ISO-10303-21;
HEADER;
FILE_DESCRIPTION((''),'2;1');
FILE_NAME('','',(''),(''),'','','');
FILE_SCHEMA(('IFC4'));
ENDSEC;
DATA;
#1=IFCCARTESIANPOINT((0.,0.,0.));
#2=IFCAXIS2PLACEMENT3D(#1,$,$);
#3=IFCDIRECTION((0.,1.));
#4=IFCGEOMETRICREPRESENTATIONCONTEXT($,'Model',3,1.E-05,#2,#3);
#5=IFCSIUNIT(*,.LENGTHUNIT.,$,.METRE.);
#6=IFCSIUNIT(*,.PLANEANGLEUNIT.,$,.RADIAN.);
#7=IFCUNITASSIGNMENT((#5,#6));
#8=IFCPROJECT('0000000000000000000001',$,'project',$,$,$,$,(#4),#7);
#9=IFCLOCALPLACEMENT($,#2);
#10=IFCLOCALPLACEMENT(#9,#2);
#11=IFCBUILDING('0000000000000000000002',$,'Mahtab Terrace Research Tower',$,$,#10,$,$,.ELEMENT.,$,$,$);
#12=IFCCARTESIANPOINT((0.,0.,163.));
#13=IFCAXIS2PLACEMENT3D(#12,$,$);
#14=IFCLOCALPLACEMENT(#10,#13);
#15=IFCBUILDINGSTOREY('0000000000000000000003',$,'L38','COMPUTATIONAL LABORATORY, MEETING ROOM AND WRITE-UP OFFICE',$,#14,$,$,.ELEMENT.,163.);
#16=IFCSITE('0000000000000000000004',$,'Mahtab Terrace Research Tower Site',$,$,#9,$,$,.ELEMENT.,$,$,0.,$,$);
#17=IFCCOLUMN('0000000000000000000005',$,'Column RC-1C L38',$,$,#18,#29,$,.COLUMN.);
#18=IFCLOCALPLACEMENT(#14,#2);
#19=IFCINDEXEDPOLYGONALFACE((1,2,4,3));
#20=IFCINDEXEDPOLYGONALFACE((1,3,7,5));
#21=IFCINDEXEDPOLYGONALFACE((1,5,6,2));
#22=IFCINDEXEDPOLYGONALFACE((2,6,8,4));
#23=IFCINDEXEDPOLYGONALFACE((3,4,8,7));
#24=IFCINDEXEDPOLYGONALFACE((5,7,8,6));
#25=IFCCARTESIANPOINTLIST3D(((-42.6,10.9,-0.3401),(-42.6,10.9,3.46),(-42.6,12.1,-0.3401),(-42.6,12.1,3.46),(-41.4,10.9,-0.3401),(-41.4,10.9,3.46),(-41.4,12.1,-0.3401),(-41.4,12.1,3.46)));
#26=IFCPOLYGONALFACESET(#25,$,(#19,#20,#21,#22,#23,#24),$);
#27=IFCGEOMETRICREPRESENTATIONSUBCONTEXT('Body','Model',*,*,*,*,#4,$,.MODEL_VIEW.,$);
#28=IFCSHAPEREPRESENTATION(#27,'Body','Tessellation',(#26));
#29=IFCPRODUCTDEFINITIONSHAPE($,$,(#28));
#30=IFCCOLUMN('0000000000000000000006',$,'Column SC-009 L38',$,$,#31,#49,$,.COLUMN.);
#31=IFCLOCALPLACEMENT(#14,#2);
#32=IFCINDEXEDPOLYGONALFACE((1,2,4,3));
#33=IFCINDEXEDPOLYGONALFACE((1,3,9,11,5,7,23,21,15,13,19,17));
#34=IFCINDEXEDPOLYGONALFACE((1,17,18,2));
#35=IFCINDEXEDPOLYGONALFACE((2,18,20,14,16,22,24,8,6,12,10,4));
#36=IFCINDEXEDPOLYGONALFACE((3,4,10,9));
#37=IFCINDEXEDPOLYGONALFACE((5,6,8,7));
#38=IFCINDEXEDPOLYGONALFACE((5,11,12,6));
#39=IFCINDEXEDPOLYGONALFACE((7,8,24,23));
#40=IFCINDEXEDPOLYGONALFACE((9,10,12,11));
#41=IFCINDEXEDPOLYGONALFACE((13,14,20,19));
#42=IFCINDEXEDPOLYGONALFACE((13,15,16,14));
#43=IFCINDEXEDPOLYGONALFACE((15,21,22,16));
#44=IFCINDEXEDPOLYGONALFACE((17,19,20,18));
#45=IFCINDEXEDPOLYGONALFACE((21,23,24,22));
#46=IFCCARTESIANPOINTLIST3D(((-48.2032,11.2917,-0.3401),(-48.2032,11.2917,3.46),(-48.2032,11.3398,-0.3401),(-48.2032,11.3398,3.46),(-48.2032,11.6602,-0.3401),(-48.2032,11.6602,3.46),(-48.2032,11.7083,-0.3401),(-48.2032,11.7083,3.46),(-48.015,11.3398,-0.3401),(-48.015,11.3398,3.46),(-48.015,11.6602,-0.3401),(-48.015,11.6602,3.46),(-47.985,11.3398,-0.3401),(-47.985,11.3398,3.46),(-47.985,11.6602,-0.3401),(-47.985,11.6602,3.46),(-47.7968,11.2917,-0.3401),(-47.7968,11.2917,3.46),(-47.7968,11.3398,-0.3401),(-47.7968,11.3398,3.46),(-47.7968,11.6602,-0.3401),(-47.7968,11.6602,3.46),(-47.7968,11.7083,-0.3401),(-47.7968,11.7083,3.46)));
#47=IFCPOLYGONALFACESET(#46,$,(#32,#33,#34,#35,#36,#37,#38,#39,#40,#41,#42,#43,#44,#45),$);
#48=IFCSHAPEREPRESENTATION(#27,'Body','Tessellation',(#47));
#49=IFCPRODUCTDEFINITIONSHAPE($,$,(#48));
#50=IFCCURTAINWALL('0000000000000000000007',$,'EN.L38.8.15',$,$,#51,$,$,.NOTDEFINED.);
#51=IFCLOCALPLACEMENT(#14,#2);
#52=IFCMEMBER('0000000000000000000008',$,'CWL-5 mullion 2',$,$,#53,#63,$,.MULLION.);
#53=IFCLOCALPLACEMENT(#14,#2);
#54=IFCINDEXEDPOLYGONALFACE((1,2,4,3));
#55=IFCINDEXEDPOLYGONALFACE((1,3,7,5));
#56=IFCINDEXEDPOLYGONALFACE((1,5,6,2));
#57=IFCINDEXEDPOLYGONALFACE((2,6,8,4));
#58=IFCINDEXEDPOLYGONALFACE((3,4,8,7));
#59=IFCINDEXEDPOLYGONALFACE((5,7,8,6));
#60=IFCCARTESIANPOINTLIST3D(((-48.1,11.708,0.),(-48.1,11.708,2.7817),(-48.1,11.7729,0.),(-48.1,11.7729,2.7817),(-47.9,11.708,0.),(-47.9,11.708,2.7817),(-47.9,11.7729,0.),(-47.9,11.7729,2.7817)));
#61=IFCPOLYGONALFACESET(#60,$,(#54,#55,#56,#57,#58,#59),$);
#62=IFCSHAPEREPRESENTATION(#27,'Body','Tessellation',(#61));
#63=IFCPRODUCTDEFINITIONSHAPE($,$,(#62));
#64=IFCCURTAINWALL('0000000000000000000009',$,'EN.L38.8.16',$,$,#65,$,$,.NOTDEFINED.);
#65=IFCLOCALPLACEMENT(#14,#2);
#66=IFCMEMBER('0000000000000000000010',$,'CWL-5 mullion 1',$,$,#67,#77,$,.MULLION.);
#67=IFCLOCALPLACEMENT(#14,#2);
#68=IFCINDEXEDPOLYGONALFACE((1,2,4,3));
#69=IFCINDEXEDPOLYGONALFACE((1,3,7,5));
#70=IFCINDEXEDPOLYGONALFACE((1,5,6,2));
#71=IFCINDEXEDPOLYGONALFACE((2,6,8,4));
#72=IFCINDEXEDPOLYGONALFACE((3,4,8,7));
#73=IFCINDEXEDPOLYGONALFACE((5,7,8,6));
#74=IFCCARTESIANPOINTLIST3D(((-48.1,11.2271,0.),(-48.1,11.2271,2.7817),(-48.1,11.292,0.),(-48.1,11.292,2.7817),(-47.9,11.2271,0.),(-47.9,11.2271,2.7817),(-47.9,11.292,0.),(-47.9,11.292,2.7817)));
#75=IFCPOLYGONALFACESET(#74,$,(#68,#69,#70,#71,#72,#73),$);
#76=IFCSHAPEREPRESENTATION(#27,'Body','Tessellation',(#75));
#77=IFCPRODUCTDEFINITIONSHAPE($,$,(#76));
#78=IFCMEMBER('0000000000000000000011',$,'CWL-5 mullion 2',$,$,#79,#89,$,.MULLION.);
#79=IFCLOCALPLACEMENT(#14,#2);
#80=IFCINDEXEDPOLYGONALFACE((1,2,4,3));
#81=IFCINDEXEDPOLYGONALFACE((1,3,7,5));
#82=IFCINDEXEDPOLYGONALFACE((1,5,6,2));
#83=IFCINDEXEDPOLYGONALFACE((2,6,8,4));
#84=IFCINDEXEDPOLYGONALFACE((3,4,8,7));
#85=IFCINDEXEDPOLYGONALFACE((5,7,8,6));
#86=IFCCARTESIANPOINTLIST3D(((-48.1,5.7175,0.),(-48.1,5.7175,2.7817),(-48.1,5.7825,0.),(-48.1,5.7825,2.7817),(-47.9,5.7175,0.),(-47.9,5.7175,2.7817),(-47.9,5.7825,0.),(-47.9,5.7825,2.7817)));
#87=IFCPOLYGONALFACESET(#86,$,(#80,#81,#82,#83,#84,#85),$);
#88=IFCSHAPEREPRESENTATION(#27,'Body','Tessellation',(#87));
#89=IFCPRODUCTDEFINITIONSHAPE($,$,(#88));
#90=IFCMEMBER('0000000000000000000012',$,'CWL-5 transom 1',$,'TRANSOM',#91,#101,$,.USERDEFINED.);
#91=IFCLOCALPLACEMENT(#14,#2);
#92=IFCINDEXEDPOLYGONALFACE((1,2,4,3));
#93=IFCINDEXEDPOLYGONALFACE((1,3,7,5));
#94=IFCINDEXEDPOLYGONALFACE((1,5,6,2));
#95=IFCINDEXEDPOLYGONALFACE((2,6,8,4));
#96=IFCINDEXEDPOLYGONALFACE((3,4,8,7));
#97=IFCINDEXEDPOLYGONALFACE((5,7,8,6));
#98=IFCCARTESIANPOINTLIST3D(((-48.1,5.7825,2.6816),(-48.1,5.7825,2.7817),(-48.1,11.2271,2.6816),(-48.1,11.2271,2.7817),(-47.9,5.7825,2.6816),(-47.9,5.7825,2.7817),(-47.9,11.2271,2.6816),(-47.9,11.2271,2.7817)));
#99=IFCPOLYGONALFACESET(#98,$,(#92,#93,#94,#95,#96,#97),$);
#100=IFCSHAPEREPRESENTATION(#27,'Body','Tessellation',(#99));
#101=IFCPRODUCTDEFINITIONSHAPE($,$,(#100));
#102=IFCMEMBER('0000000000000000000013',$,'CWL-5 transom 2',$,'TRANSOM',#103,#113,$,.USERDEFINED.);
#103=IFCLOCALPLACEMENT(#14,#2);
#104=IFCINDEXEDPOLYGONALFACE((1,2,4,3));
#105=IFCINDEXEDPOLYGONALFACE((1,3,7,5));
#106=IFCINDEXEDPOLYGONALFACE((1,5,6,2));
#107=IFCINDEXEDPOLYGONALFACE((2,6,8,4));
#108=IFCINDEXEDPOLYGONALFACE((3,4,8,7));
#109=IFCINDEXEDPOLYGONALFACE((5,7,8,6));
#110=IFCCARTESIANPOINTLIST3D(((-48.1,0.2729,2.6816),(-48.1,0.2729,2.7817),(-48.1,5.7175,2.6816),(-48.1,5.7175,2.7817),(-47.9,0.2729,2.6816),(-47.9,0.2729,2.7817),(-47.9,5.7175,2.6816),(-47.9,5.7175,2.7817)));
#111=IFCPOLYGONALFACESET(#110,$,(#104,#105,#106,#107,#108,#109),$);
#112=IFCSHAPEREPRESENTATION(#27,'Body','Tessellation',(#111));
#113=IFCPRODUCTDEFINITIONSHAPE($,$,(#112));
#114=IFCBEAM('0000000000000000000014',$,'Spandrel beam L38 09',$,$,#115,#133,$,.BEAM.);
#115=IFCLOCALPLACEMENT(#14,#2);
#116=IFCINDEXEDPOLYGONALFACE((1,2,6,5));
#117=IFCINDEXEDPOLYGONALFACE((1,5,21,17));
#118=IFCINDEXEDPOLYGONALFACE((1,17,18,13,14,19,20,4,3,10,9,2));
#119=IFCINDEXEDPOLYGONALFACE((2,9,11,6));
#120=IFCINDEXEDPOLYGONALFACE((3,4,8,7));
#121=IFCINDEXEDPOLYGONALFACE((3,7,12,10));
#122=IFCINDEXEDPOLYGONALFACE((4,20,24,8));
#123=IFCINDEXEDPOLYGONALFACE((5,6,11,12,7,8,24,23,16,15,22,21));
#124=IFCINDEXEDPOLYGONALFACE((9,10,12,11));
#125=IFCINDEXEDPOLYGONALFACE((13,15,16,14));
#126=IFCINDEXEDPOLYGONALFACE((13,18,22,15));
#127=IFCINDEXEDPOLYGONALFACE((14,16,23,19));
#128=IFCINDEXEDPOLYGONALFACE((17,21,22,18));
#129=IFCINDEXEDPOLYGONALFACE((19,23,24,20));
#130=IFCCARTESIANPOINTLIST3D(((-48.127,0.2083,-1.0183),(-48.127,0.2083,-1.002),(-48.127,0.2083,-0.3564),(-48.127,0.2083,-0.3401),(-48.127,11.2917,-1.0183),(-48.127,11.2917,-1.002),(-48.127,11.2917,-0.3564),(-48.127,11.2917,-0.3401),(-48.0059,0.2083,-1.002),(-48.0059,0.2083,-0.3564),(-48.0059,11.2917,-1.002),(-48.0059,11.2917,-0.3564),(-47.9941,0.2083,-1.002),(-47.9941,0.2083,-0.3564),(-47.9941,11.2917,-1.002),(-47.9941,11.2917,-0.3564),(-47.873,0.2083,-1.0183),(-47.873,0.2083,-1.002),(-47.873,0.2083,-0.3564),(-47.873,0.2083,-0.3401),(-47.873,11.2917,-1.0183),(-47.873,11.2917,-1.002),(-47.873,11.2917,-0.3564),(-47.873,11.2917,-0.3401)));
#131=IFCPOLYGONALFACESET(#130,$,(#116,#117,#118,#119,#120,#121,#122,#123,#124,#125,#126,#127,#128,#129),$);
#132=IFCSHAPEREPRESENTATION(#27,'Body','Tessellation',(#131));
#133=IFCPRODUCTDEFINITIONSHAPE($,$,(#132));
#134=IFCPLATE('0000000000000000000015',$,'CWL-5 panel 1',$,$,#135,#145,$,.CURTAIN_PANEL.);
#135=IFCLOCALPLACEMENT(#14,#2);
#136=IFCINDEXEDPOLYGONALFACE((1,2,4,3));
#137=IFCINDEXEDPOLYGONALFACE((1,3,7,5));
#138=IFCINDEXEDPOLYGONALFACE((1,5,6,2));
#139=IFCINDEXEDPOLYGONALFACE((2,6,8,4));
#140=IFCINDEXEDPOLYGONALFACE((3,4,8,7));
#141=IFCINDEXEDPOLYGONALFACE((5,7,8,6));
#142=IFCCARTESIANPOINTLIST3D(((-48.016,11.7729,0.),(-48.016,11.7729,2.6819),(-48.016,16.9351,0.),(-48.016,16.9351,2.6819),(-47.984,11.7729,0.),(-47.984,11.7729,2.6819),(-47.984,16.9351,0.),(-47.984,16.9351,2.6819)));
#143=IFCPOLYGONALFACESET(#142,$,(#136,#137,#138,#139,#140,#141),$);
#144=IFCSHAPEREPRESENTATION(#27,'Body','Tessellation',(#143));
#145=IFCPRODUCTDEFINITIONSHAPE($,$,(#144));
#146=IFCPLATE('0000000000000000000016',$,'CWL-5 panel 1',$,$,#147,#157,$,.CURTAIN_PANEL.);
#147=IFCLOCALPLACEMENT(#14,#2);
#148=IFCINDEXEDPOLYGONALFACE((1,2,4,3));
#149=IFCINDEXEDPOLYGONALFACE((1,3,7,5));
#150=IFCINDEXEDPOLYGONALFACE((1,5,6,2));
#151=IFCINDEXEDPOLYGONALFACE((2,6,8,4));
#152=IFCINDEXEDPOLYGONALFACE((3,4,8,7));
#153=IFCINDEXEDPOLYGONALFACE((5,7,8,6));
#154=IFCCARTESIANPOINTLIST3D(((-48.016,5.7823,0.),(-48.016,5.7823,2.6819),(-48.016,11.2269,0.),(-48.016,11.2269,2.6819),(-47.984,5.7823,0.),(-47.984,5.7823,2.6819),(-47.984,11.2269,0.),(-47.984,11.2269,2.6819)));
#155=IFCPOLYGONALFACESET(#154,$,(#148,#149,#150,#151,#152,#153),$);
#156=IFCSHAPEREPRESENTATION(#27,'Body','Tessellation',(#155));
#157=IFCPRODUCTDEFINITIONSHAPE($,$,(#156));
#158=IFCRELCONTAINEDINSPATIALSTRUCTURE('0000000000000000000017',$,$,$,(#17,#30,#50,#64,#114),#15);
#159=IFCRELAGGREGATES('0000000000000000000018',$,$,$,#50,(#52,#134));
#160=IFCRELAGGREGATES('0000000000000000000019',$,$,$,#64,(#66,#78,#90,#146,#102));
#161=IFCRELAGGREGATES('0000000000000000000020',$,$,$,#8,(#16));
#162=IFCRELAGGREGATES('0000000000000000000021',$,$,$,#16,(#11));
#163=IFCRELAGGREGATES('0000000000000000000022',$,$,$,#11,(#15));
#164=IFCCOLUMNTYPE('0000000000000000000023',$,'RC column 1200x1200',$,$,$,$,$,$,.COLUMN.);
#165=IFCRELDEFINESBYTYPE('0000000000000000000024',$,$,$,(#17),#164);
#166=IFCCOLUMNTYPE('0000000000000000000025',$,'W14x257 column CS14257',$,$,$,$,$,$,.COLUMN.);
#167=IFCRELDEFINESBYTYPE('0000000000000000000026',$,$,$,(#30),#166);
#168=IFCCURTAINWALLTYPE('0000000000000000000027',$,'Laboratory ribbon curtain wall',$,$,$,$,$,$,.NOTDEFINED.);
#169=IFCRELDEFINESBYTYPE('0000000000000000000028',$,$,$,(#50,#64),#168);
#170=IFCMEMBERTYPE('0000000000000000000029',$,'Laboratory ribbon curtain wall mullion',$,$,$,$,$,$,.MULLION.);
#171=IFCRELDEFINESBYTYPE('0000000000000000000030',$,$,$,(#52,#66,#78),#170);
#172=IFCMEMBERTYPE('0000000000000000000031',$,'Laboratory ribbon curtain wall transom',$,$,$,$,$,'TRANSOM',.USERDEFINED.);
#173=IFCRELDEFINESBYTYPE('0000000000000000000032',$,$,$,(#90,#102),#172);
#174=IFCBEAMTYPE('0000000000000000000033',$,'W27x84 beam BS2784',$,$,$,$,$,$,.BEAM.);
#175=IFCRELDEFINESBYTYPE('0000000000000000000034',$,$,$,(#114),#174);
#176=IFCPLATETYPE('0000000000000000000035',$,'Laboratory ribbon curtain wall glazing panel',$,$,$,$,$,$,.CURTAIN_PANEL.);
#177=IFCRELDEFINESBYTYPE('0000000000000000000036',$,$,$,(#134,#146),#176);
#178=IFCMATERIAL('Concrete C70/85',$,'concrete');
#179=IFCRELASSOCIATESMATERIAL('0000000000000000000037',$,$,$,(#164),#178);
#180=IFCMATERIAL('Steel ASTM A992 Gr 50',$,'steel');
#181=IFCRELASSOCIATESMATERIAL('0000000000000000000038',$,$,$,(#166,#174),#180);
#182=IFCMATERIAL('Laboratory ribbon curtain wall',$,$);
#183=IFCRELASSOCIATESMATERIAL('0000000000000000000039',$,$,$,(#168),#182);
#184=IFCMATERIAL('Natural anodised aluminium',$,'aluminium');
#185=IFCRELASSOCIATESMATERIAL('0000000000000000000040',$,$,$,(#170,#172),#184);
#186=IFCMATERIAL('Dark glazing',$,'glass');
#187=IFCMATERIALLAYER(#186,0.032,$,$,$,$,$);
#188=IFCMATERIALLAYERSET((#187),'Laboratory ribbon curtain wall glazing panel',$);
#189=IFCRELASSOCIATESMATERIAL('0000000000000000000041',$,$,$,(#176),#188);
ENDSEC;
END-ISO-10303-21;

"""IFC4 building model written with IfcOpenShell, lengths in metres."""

from ifc_helpers import new_model, si_unit, direction, frame, origin, origin_2d, place, context, subcontext, project, spatial, rectangle, i_section, extrude, material, layer, layer_set, material_profile, profile_set, type_object, element, aggregate, save


model = new_model("IFC4")

# Units and contexts
model_context = context("Model", 3, precision=1e-05, world=origin(), true_north=direction((0.0, 1.0)))
body_context = subcontext(model_context, "Body", "Model", "MODEL_VIEW")
ifc_project = project(units=[si_unit("LENGTHUNIT", "METRE"), si_unit("PLANEANGLEUNIT", "RADIAN")], contexts=[model_context])

# Site, building, storey
site_placement = place(None, origin())
site = spatial("IfcSite", under=ifc_project, at=site_placement, Name="Mahtab Terrace Research Tower Site", CompositionType="ELEMENT", RefElevation=0.0)
building_placement = place(site_placement, origin())
building = spatial("IfcBuilding", under=site, at=building_placement, Name="Mahtab Terrace Research Tower", CompositionType="ELEMENT")
storey_placement = place(building_placement, frame((0.0, 0.0, 163.0)))
storey = spatial("IfcBuildingStorey", under=building, at=storey_placement, Name="L38", Description="COMPUTATIONAL LABORATORY, MEETING ROOM AND WRITE-UP OFFICE", CompositionType="ELEMENT", Elevation=163.0)

# Columns
ifc_material_1 = material(Name="Concrete C70/85", Category="concrete")
ifc_material_profile_1 = material_profile(ifc_material_1, rectangle(XDim=1.2, YDim=1.2, at=origin_2d()), Name="RC column 1200x1200")
ifc_profile_set_1 = profile_set([ifc_material_profile_1], Name="Concrete C70/85")
column_type_1 = type_object("IfcColumnType", Name="RC column 1200x1200", PredefinedType="COLUMN", material=ifc_profile_set_1)
column_1_placement = place(storey_placement, frame((-42.0, 11.5, -0.3401), z_axis=(0.0, 0.0, 1.0), x_axis=(1.0, 0.0, 0.0)))
element("IfcColumn", 1, at=column_1_placement, inside=storey, type_object=column_type_1, Name="Column RC-1C L38", PredefinedType="COLUMN", context=body_context, shape_type="SweptSolid", body=[
    extrude(rectangle(XDim=1.2, YDim=1.2, at=origin_2d()), origin(), (0.0, 0.0, 1.0), 3.8),
])
ifc_material_2 = material(Name="Steel ASTM A992 Gr 50", Category="steel")
ifc_material_profile_2 = material_profile(ifc_material_2, i_section(OverallWidth=0.4065, OverallDepth=0.4165, WebThickness=0.03, FlangeThickness=0.0481, at=origin_2d()), Name="W14X257")
ifc_profile_set_2 = profile_set([ifc_material_profile_2], Name="Steel ASTM A992 Gr 50")
column_type_2 = type_object("IfcColumnType", Name="W14x257 column CS14257", PredefinedType="COLUMN", material=ifc_profile_set_2)
column_2_placement = place(storey_placement, frame((-48.0, 11.5, -0.3401), z_axis=(0.0, 0.0, 1.0), x_axis=(1.0, 0.0, 0.0)))
element("IfcColumn", 2, at=column_2_placement, inside=storey, type_object=column_type_2, Name="Column SC-009 L38", PredefinedType="COLUMN", context=body_context, shape_type="SweptSolid", body=[
    extrude(i_section(OverallWidth=0.4065, OverallDepth=0.4165, WebThickness=0.03, FlangeThickness=0.0481, at=origin_2d()), origin(), (0.0, 0.0, 1.0), 3.8),
])

# Curtain wall, member
ifc_material_3 = material(Name="Laboratory ribbon curtain wall")
curtain_wall_type = type_object("IfcCurtainWallType", Name="Laboratory ribbon curtain wall", PredefinedType="NOTDEFINED", material=ifc_material_3)
curtain_wall_1_placement = place(storey_placement, origin())
curtain_wall_1 = element("IfcCurtainWall", 3, at=curtain_wall_1_placement, inside=storey, type_object=curtain_wall_type, Name="EN.L38.8.15", PredefinedType="NOTDEFINED")
ifc_material_4 = material(Name="Natural anodised aluminium", Category="aluminium")
ifc_material_profile_3 = material_profile(ifc_material_4, rectangle(XDim=0.2, YDim=0.0649, at=origin_2d()), Name="MULLION 65x200")
ifc_profile_set_3 = profile_set([ifc_material_profile_3], Name="Natural anodised aluminium")
member_type_1 = type_object("IfcMemberType", Name="Laboratory ribbon curtain wall mullion", PredefinedType="MULLION", material=ifc_profile_set_3)
member_1_placement = place(storey_placement, frame((-48.0, 11.7405, 0.0), z_axis=(0.0, 0.0, 1.0), x_axis=(1.0, 0.0, 0.0)))
member_1 = element("IfcMember", 4, at=member_1_placement, type_object=member_type_1, Name="CWL-5 mullion 2", PredefinedType="MULLION", context=body_context, shape_type="SweptSolid", body=[
    extrude(rectangle(XDim=0.2, YDim=0.0649, at=origin_2d()), origin(), (0.0, 0.0, 1.0), 2.7817),
])

# Curtain wall, members
curtain_wall_2_placement = place(storey_placement, origin())
curtain_wall_2 = element("IfcCurtainWall", 5, at=curtain_wall_2_placement, inside=storey, type_object=curtain_wall_type, Name="EN.L38.8.16", PredefinedType="NOTDEFINED")
member_2_placement = place(storey_placement, frame((-48.0, 11.2595, 0.0), z_axis=(0.0, 0.0, 1.0), x_axis=(1.0, 0.0, 0.0)))
member_2 = element("IfcMember", 6, at=member_2_placement, type_object=member_type_1, Name="CWL-5 mullion 1", PredefinedType="MULLION", context=body_context, shape_type="SweptSolid", body=[
    extrude(rectangle(XDim=0.2, YDim=0.0649, at=origin_2d()), origin(), (0.0, 0.0, 1.0), 2.7817),
])
member_3_placement = place(storey_placement, frame((-48.0, 5.75, 0.0), z_axis=(0.0, 0.0, 1.0), x_axis=(1.0, 0.0, 0.0)))
member_3 = element("IfcMember", 7, at=member_3_placement, type_object=member_type_1, Name="CWL-5 mullion 2", PredefinedType="MULLION", context=body_context, shape_type="SweptSolid", body=[
    extrude(rectangle(XDim=0.2, YDim=0.0649, at=origin_2d()), origin(), (0.0, 0.0, 1.0), 2.7817),
])
ifc_material_profile_4 = material_profile(ifc_material_4, rectangle(XDim=0.2, YDim=0.1001, at=origin_2d()), Name="TRANSOM 100x200")
ifc_profile_set_4 = profile_set([ifc_material_profile_4], Name="Natural anodised aluminium")
member_type_2 = type_object("IfcMemberType", Name="Laboratory ribbon curtain wall transom", ElementType="TRANSOM", PredefinedType="USERDEFINED", material=ifc_profile_set_4)
member_4_placement = place(storey_placement, frame((-48.0, 11.2271, 2.7317), z_axis=(0.0, -1.0, 0.0), x_axis=(1.0, 0.0, 0.0)))
member_4 = element("IfcMember", 8, at=member_4_placement, type_object=member_type_2, Name="CWL-5 transom 1", ObjectType="TRANSOM", PredefinedType="USERDEFINED", context=body_context, shape_type="SweptSolid", body=[
    extrude(rectangle(XDim=0.2, YDim=0.1001, at=origin_2d()), origin(), (0.0, 0.0, 1.0), 5.4446),
])
member_5_placement = place(storey_placement, frame((-48.0, 5.7175, 2.7317), z_axis=(0.0, -1.0, 0.0), x_axis=(1.0, 0.0, 0.0)))
member_5 = element("IfcMember", 9, at=member_5_placement, type_object=member_type_2, Name="CWL-5 transom 2", ObjectType="TRANSOM", PredefinedType="USERDEFINED", context=body_context, shape_type="SweptSolid", body=[
    extrude(rectangle(XDim=0.2, YDim=0.1001, at=origin_2d()), origin(), (0.0, 0.0, 1.0), 5.4446),
])

# Beam
ifc_material_profile_5 = material_profile(ifc_material_2, i_section(OverallWidth=0.2539, OverallDepth=0.6782, WebThickness=0.0117, FlangeThickness=0.0164, at=origin_2d()), Name="W27X84")
ifc_profile_set_5 = profile_set([ifc_material_profile_5], Name="Steel ASTM A992 Gr 50")
beam_type = type_object("IfcBeamType", Name="W27x84 beam BS2784", PredefinedType="BEAM", material=ifc_profile_set_5)
beam_placement = place(storey_placement, frame((-48.0, 11.2917, -0.6792), z_axis=(0.0, -1.0, 0.0), x_axis=(1.0, 0.0, 0.0)))
element("IfcBeam", 10, at=beam_placement, inside=storey, type_object=beam_type, Name="Spandrel beam L38 09", PredefinedType="BEAM", context=body_context, shape_type="SweptSolid", body=[
    extrude(i_section(OverallWidth=0.2539, OverallDepth=0.6782, WebThickness=0.0117, FlangeThickness=0.0164, at=origin_2d()), origin(), (0.0, 0.0, 1.0), 11.0835),
])

# Plates
ifc_material_5 = material(Name="Dark glazing", Category="glass")
ifc_layer_1 = layer(ifc_material_5, 0.032)
ifc_layer_set_1 = layer_set([ifc_layer_1], Name="Laboratory ribbon curtain wall glazing panel")
plate_type = type_object("IfcPlateType", Name="Laboratory ribbon curtain wall glazing panel", PredefinedType="CURTAIN_PANEL", material=ifc_layer_set_1)
plate_1_placement = place(storey_placement, frame((-48.0, 14.354, 0.0), z_axis=(0.0, 0.0, 1.0), x_axis=(0.0, -1.0, 0.0)))
plate_1 = element("IfcPlate", 11, at=plate_1_placement, type_object=plate_type, Name="CWL-5 panel 1", PredefinedType="CURTAIN_PANEL", context=body_context, shape_type="SweptSolid", body=[
    extrude(rectangle(XDim=5.1621, YDim=0.032, at=origin_2d()), origin(), (0.0, 0.0, 1.0), 2.6819),
])
aggregate(curtain_wall_1, [member_1, plate_1])
plate_2_placement = place(storey_placement, frame((-48.0, 8.5046, 0.0), z_axis=(0.0, 0.0, 1.0), x_axis=(0.0, -1.0, 0.0)))
plate_2 = element("IfcPlate", 12, at=plate_2_placement, type_object=plate_type, Name="CWL-5 panel 1", PredefinedType="CURTAIN_PANEL", context=body_context, shape_type="SweptSolid", body=[
    extrude(rectangle(XDim=5.4446, YDim=0.032, at=origin_2d()), origin(), (0.0, 0.0, 1.0), 2.6819),
])
aggregate(curtain_wall_2, [member_2, member_3, member_4, plate_2, member_5])

save(model, "model.ifc")
